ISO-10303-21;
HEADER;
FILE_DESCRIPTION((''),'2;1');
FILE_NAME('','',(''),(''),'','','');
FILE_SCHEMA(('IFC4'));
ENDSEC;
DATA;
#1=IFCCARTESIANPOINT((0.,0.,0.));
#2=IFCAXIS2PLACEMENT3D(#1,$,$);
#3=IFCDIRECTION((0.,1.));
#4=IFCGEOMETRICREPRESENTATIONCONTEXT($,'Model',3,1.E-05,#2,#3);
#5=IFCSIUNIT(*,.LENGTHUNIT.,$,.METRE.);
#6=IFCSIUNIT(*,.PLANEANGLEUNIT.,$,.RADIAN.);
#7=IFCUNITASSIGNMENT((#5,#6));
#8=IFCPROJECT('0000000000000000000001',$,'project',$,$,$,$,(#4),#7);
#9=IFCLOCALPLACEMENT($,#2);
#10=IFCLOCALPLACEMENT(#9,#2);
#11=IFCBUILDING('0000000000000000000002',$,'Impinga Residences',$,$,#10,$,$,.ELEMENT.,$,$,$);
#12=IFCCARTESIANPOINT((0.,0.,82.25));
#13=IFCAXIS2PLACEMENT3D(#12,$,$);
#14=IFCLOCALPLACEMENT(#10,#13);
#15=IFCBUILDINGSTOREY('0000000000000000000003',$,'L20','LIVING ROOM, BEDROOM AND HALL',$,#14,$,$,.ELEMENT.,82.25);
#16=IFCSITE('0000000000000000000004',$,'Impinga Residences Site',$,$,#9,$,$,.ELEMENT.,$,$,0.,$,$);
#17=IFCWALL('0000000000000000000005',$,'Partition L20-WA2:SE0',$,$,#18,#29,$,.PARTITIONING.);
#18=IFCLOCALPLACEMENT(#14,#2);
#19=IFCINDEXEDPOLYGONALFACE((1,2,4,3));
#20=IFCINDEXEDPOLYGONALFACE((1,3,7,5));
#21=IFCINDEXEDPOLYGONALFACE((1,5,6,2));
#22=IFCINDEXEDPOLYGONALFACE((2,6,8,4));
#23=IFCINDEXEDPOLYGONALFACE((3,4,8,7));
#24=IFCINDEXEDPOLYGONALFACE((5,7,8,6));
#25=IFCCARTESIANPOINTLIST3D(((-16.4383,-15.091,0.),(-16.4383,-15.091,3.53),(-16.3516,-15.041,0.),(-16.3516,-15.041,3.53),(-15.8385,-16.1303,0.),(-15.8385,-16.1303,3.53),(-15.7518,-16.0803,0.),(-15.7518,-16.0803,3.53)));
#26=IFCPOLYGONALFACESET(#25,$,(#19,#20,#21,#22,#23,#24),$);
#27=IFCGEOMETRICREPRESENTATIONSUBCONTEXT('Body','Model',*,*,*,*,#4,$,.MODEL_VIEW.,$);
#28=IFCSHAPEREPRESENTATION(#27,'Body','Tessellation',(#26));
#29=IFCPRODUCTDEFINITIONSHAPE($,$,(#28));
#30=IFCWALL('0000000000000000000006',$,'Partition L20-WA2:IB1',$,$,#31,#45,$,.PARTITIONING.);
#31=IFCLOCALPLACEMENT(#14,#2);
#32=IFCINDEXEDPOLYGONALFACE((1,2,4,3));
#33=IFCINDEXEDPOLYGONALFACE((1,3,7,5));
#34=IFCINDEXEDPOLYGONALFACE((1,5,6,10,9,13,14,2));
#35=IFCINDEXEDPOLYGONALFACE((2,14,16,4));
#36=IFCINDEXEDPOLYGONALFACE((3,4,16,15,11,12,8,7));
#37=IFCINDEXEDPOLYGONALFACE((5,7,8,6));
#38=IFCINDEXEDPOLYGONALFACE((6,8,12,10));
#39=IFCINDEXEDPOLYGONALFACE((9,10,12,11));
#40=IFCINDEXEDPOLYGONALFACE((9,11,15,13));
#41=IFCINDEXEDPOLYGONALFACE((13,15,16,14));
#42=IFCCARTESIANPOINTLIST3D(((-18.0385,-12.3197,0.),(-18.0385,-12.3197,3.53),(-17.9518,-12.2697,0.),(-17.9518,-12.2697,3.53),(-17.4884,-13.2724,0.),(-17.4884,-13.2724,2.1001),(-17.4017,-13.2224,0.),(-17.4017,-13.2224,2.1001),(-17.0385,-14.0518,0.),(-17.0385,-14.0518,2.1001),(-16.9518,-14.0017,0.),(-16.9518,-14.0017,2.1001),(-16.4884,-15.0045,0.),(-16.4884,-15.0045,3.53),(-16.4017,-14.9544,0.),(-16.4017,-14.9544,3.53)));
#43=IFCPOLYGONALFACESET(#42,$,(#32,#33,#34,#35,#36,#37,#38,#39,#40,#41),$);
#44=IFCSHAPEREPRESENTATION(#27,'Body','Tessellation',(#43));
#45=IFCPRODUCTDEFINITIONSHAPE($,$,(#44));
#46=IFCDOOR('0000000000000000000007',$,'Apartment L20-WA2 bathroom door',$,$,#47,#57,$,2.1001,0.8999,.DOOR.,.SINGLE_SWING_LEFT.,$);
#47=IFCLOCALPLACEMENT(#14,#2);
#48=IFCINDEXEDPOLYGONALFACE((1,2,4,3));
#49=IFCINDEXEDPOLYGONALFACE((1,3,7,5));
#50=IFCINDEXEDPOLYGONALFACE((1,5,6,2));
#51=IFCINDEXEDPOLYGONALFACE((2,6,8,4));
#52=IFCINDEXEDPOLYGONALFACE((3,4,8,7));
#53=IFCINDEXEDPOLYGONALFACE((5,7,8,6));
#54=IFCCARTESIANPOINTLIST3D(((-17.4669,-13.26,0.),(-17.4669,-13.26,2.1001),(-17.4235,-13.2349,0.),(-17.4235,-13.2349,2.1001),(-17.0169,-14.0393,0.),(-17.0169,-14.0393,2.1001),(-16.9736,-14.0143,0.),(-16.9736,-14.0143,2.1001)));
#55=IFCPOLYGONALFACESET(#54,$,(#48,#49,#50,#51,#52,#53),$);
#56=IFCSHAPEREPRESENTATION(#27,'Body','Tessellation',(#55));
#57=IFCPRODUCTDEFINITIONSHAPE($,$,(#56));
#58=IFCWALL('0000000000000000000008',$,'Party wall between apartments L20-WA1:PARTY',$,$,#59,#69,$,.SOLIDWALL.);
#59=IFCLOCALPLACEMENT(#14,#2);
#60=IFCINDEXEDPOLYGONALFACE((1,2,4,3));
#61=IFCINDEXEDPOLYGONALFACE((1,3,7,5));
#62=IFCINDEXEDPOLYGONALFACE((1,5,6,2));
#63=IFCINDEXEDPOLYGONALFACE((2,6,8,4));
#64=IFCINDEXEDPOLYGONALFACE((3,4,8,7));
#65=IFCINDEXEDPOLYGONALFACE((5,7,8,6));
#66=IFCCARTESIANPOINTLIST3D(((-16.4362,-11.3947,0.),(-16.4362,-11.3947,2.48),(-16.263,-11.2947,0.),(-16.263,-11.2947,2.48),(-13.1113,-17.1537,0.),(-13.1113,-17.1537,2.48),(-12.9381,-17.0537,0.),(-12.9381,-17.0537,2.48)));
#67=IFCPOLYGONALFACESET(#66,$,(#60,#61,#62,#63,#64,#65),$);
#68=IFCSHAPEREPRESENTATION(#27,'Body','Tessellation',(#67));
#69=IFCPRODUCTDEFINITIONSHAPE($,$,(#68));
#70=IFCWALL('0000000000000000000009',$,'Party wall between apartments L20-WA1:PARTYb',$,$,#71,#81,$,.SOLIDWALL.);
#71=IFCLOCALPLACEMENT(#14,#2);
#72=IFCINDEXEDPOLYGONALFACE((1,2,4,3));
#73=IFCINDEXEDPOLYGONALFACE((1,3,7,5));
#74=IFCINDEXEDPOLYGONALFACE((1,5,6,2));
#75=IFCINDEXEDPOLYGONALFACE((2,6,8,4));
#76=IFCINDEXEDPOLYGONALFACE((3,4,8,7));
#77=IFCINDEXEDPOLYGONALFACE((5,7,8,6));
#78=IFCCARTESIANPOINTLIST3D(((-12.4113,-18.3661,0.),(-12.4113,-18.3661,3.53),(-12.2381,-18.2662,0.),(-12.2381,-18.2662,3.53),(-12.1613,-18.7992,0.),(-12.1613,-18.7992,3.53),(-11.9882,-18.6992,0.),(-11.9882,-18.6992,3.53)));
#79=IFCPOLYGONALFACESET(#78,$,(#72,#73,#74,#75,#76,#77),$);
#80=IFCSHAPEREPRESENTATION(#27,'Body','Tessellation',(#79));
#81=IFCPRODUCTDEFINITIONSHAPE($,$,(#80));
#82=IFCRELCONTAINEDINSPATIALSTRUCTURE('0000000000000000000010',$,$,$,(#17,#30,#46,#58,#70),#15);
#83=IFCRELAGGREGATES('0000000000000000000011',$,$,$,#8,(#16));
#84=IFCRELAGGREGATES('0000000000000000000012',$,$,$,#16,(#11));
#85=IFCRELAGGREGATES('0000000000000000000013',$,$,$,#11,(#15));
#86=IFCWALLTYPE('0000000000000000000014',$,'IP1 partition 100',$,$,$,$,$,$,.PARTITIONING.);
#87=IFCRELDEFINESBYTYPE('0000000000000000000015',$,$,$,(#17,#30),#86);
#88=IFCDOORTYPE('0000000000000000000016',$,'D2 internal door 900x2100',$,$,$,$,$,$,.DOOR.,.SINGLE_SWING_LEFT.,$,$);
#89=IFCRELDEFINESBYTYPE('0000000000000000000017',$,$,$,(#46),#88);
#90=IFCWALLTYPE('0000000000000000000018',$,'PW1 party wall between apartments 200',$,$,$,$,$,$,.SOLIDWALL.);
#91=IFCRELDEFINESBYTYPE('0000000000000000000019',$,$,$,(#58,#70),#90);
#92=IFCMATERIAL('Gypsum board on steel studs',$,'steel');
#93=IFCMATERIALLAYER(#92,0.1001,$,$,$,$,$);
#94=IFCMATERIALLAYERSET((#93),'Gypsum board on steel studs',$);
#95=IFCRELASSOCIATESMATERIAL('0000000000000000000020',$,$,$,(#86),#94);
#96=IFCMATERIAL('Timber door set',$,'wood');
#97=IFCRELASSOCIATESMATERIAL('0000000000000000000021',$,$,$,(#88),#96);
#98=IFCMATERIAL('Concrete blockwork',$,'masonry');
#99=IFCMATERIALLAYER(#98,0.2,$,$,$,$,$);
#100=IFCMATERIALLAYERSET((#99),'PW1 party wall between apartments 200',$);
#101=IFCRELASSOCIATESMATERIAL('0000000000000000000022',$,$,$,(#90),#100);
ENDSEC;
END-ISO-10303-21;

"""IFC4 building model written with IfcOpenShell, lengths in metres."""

from ifc_helpers import new_model, si_unit, direction, frame, frame_2d, origin, place, context, subcontext, project, spatial, rectangle, extrude, material, layer, layer_set, type_object, element, fill, save


model = new_model("IFC4")

# Units and contexts
model_context = context("Model", 3, precision=1e-05, world=origin(), true_north=direction((0.0, 1.0)))
body_context = subcontext(model_context, "Body", "Model", "MODEL_VIEW")
ifc_project = project(units=[si_unit("LENGTHUNIT", "METRE"), si_unit("PLANEANGLEUNIT", "RADIAN")], contexts=[model_context])

# Site, building, storey
site_placement = place(None, origin())
site = spatial("IfcSite", under=ifc_project, at=site_placement, Name="Impinga Residences Site", CompositionType="ELEMENT", RefElevation=0.0)
building_placement = place(site_placement, origin())
building = spatial("IfcBuilding", under=site, at=building_placement, Name="Impinga Residences", CompositionType="ELEMENT")
storey_placement = place(building_placement, frame((0.0, 0.0, 82.25)))
storey = spatial("IfcBuildingStorey", under=building, at=storey_placement, Name="L20", Description="LIVING ROOM, BEDROOM AND HALL", CompositionType="ELEMENT", Elevation=82.25)

# Shared definitions
ifc_material_1 = material(Name="Gypsum board on steel studs", Category="steel")
ifc_layer_1 = layer(ifc_material_1, 0.1001)
ifc_layer_set_1 = layer_set([ifc_layer_1], Name="Gypsum board on steel studs")
wall_type_1 = type_object("IfcWallType", Name="IP1 partition 100", PredefinedType="PARTITIONING", material=ifc_layer_set_1)

# Shared definitions
ifc_material_2 = material(Name="Timber door set", Category="wood")
door_type = type_object("IfcDoorType", Name="D2 internal door 900x2100", OperationType="SINGLE_SWING_LEFT", PredefinedType="DOOR", material=ifc_material_2)

# Wall
wall_1_placement = place(storey_placement, frame((-16.395, -15.0659, 0.0), z_axis=(0.0, 0.0, 1.0), x_axis=(0.499881, -0.866094, 0.0)))
element("IfcWall", 1, at=wall_1_placement, inside=storey, type_object=wall_type_1, Name="Partition L20-WA2:SE0", PredefinedType="PARTITIONING", context=body_context, shape_type="SweptSolid", body=[
    extrude(rectangle(XDim=1.2, YDim=0.1001, at=frame_2d((0.6001, 0.0))), origin(), (0.0, 0.0, 1.0), 3.53),
])

# Wall, opening, door
wall_2_placement = place(storey_placement, frame((-17.9951, -12.2947, 0.0), z_axis=(0.0, 0.0, 1.0), x_axis=(0.499993, -0.86603, 0.0)))
wall_2 = element("IfcWall", 2, at=wall_2_placement, inside=storey, type_object=wall_type_1, Name="Partition L20-WA2:IB1", PredefinedType="PARTITIONING", context=body_context, shape_type="SweptSolid", body=[
    extrude(rectangle(XDim=3.1001, YDim=0.1001, at=frame_2d((1.55, 0.0))), origin(), (0.0, 0.0, 1.0), 3.53),
])
opening_1_placement = place(wall_2_placement, frame((1.1001, 0.0, 0.0)))
opening_1 = element("IfcOpeningElement", 3, at=opening_1_placement, cuts=wall_2, PredefinedType="OPENING", context=body_context, shape_type="SweptSolid", body=[
    extrude(rectangle(XDim=0.8999, YDim=2.1001, at=frame_2d((0.45, 1.05))), frame((0.0, 0.0601, 0.0), z_axis=(0.0, -1.0, 0.0), x_axis=(1.0, 0.0, 0.0)), (0.0, 0.0, 1.0), 0.1201),
])
door_1_placement = place(opening_1_placement, origin())
door_1 = element("IfcDoor", 4, at=door_1_placement, inside=storey, type_object=door_type, Name="Apartment L20-WA2 bathroom door", OperationType="SINGLE_SWING_LEFT", OverallHeight=2.1001, OverallWidth=0.8999, PredefinedType="DOOR", context=body_context, shape_type="SweptSolid", body=[
    extrude(rectangle(XDim=0.8999, YDim=2.1001, at=frame_2d((0.45, 1.05))), frame((0.0, 0.0249, 0.0), z_axis=(0.0, -1.0, 0.0), x_axis=(1.0, 0.0, 0.0)), (0.0, 0.0, 1.0), 0.05),
])
fill(opening_1, door_1)

# Walls
ifc_material_3 = material(Name="Concrete blockwork", Category="masonry")
ifc_layer_2 = layer(ifc_material_3, 0.2)
ifc_layer_set_2 = layer_set([ifc_layer_2], Name="PW1 party wall between apartments 200")
wall_type_2 = type_object("IfcWallType", Name="PW1 party wall between apartments 200", PredefinedType="SOLIDWALL", material=ifc_layer_set_2)
wall_3_placement = place(storey_placement, frame((-16.3496, -11.3447, 0.0), z_axis=(0.0, 0.0, 1.0), x_axis=(0.499997, -0.866027, 0.0)))
element("IfcWall", 5, at=wall_3_placement, inside=storey, type_object=wall_type_2, Name="Party wall between apartments L20-WA1:PARTY", PredefinedType="SOLIDWALL", context=body_context, shape_type="SweptSolid", body=[
    extrude(rectangle(XDim=6.6499, YDim=0.2, at=frame_2d((3.325, 0.0))), origin(), (0.0, 0.0, 1.0), 2.48),
])
wall_4_placement = place(storey_placement, frame((-12.3247, -18.3162, 0.0), z_axis=(0.0, 0.0, 1.0), x_axis=(0.49992, -0.866072, 0.0)))
element("IfcWall", 6, at=wall_4_placement, inside=storey, type_object=wall_type_2, Name="Party wall between apartments L20-WA1:PARTYb", PredefinedType="SOLIDWALL", context=body_context, shape_type="SweptSolid", body=[
    extrude(rectangle(XDim=0.5, YDim=0.2, at=frame_2d((0.25, 0.0))), origin(), (0.0, 0.0, 1.0), 3.53),
])

save(model, "model.ifc")
